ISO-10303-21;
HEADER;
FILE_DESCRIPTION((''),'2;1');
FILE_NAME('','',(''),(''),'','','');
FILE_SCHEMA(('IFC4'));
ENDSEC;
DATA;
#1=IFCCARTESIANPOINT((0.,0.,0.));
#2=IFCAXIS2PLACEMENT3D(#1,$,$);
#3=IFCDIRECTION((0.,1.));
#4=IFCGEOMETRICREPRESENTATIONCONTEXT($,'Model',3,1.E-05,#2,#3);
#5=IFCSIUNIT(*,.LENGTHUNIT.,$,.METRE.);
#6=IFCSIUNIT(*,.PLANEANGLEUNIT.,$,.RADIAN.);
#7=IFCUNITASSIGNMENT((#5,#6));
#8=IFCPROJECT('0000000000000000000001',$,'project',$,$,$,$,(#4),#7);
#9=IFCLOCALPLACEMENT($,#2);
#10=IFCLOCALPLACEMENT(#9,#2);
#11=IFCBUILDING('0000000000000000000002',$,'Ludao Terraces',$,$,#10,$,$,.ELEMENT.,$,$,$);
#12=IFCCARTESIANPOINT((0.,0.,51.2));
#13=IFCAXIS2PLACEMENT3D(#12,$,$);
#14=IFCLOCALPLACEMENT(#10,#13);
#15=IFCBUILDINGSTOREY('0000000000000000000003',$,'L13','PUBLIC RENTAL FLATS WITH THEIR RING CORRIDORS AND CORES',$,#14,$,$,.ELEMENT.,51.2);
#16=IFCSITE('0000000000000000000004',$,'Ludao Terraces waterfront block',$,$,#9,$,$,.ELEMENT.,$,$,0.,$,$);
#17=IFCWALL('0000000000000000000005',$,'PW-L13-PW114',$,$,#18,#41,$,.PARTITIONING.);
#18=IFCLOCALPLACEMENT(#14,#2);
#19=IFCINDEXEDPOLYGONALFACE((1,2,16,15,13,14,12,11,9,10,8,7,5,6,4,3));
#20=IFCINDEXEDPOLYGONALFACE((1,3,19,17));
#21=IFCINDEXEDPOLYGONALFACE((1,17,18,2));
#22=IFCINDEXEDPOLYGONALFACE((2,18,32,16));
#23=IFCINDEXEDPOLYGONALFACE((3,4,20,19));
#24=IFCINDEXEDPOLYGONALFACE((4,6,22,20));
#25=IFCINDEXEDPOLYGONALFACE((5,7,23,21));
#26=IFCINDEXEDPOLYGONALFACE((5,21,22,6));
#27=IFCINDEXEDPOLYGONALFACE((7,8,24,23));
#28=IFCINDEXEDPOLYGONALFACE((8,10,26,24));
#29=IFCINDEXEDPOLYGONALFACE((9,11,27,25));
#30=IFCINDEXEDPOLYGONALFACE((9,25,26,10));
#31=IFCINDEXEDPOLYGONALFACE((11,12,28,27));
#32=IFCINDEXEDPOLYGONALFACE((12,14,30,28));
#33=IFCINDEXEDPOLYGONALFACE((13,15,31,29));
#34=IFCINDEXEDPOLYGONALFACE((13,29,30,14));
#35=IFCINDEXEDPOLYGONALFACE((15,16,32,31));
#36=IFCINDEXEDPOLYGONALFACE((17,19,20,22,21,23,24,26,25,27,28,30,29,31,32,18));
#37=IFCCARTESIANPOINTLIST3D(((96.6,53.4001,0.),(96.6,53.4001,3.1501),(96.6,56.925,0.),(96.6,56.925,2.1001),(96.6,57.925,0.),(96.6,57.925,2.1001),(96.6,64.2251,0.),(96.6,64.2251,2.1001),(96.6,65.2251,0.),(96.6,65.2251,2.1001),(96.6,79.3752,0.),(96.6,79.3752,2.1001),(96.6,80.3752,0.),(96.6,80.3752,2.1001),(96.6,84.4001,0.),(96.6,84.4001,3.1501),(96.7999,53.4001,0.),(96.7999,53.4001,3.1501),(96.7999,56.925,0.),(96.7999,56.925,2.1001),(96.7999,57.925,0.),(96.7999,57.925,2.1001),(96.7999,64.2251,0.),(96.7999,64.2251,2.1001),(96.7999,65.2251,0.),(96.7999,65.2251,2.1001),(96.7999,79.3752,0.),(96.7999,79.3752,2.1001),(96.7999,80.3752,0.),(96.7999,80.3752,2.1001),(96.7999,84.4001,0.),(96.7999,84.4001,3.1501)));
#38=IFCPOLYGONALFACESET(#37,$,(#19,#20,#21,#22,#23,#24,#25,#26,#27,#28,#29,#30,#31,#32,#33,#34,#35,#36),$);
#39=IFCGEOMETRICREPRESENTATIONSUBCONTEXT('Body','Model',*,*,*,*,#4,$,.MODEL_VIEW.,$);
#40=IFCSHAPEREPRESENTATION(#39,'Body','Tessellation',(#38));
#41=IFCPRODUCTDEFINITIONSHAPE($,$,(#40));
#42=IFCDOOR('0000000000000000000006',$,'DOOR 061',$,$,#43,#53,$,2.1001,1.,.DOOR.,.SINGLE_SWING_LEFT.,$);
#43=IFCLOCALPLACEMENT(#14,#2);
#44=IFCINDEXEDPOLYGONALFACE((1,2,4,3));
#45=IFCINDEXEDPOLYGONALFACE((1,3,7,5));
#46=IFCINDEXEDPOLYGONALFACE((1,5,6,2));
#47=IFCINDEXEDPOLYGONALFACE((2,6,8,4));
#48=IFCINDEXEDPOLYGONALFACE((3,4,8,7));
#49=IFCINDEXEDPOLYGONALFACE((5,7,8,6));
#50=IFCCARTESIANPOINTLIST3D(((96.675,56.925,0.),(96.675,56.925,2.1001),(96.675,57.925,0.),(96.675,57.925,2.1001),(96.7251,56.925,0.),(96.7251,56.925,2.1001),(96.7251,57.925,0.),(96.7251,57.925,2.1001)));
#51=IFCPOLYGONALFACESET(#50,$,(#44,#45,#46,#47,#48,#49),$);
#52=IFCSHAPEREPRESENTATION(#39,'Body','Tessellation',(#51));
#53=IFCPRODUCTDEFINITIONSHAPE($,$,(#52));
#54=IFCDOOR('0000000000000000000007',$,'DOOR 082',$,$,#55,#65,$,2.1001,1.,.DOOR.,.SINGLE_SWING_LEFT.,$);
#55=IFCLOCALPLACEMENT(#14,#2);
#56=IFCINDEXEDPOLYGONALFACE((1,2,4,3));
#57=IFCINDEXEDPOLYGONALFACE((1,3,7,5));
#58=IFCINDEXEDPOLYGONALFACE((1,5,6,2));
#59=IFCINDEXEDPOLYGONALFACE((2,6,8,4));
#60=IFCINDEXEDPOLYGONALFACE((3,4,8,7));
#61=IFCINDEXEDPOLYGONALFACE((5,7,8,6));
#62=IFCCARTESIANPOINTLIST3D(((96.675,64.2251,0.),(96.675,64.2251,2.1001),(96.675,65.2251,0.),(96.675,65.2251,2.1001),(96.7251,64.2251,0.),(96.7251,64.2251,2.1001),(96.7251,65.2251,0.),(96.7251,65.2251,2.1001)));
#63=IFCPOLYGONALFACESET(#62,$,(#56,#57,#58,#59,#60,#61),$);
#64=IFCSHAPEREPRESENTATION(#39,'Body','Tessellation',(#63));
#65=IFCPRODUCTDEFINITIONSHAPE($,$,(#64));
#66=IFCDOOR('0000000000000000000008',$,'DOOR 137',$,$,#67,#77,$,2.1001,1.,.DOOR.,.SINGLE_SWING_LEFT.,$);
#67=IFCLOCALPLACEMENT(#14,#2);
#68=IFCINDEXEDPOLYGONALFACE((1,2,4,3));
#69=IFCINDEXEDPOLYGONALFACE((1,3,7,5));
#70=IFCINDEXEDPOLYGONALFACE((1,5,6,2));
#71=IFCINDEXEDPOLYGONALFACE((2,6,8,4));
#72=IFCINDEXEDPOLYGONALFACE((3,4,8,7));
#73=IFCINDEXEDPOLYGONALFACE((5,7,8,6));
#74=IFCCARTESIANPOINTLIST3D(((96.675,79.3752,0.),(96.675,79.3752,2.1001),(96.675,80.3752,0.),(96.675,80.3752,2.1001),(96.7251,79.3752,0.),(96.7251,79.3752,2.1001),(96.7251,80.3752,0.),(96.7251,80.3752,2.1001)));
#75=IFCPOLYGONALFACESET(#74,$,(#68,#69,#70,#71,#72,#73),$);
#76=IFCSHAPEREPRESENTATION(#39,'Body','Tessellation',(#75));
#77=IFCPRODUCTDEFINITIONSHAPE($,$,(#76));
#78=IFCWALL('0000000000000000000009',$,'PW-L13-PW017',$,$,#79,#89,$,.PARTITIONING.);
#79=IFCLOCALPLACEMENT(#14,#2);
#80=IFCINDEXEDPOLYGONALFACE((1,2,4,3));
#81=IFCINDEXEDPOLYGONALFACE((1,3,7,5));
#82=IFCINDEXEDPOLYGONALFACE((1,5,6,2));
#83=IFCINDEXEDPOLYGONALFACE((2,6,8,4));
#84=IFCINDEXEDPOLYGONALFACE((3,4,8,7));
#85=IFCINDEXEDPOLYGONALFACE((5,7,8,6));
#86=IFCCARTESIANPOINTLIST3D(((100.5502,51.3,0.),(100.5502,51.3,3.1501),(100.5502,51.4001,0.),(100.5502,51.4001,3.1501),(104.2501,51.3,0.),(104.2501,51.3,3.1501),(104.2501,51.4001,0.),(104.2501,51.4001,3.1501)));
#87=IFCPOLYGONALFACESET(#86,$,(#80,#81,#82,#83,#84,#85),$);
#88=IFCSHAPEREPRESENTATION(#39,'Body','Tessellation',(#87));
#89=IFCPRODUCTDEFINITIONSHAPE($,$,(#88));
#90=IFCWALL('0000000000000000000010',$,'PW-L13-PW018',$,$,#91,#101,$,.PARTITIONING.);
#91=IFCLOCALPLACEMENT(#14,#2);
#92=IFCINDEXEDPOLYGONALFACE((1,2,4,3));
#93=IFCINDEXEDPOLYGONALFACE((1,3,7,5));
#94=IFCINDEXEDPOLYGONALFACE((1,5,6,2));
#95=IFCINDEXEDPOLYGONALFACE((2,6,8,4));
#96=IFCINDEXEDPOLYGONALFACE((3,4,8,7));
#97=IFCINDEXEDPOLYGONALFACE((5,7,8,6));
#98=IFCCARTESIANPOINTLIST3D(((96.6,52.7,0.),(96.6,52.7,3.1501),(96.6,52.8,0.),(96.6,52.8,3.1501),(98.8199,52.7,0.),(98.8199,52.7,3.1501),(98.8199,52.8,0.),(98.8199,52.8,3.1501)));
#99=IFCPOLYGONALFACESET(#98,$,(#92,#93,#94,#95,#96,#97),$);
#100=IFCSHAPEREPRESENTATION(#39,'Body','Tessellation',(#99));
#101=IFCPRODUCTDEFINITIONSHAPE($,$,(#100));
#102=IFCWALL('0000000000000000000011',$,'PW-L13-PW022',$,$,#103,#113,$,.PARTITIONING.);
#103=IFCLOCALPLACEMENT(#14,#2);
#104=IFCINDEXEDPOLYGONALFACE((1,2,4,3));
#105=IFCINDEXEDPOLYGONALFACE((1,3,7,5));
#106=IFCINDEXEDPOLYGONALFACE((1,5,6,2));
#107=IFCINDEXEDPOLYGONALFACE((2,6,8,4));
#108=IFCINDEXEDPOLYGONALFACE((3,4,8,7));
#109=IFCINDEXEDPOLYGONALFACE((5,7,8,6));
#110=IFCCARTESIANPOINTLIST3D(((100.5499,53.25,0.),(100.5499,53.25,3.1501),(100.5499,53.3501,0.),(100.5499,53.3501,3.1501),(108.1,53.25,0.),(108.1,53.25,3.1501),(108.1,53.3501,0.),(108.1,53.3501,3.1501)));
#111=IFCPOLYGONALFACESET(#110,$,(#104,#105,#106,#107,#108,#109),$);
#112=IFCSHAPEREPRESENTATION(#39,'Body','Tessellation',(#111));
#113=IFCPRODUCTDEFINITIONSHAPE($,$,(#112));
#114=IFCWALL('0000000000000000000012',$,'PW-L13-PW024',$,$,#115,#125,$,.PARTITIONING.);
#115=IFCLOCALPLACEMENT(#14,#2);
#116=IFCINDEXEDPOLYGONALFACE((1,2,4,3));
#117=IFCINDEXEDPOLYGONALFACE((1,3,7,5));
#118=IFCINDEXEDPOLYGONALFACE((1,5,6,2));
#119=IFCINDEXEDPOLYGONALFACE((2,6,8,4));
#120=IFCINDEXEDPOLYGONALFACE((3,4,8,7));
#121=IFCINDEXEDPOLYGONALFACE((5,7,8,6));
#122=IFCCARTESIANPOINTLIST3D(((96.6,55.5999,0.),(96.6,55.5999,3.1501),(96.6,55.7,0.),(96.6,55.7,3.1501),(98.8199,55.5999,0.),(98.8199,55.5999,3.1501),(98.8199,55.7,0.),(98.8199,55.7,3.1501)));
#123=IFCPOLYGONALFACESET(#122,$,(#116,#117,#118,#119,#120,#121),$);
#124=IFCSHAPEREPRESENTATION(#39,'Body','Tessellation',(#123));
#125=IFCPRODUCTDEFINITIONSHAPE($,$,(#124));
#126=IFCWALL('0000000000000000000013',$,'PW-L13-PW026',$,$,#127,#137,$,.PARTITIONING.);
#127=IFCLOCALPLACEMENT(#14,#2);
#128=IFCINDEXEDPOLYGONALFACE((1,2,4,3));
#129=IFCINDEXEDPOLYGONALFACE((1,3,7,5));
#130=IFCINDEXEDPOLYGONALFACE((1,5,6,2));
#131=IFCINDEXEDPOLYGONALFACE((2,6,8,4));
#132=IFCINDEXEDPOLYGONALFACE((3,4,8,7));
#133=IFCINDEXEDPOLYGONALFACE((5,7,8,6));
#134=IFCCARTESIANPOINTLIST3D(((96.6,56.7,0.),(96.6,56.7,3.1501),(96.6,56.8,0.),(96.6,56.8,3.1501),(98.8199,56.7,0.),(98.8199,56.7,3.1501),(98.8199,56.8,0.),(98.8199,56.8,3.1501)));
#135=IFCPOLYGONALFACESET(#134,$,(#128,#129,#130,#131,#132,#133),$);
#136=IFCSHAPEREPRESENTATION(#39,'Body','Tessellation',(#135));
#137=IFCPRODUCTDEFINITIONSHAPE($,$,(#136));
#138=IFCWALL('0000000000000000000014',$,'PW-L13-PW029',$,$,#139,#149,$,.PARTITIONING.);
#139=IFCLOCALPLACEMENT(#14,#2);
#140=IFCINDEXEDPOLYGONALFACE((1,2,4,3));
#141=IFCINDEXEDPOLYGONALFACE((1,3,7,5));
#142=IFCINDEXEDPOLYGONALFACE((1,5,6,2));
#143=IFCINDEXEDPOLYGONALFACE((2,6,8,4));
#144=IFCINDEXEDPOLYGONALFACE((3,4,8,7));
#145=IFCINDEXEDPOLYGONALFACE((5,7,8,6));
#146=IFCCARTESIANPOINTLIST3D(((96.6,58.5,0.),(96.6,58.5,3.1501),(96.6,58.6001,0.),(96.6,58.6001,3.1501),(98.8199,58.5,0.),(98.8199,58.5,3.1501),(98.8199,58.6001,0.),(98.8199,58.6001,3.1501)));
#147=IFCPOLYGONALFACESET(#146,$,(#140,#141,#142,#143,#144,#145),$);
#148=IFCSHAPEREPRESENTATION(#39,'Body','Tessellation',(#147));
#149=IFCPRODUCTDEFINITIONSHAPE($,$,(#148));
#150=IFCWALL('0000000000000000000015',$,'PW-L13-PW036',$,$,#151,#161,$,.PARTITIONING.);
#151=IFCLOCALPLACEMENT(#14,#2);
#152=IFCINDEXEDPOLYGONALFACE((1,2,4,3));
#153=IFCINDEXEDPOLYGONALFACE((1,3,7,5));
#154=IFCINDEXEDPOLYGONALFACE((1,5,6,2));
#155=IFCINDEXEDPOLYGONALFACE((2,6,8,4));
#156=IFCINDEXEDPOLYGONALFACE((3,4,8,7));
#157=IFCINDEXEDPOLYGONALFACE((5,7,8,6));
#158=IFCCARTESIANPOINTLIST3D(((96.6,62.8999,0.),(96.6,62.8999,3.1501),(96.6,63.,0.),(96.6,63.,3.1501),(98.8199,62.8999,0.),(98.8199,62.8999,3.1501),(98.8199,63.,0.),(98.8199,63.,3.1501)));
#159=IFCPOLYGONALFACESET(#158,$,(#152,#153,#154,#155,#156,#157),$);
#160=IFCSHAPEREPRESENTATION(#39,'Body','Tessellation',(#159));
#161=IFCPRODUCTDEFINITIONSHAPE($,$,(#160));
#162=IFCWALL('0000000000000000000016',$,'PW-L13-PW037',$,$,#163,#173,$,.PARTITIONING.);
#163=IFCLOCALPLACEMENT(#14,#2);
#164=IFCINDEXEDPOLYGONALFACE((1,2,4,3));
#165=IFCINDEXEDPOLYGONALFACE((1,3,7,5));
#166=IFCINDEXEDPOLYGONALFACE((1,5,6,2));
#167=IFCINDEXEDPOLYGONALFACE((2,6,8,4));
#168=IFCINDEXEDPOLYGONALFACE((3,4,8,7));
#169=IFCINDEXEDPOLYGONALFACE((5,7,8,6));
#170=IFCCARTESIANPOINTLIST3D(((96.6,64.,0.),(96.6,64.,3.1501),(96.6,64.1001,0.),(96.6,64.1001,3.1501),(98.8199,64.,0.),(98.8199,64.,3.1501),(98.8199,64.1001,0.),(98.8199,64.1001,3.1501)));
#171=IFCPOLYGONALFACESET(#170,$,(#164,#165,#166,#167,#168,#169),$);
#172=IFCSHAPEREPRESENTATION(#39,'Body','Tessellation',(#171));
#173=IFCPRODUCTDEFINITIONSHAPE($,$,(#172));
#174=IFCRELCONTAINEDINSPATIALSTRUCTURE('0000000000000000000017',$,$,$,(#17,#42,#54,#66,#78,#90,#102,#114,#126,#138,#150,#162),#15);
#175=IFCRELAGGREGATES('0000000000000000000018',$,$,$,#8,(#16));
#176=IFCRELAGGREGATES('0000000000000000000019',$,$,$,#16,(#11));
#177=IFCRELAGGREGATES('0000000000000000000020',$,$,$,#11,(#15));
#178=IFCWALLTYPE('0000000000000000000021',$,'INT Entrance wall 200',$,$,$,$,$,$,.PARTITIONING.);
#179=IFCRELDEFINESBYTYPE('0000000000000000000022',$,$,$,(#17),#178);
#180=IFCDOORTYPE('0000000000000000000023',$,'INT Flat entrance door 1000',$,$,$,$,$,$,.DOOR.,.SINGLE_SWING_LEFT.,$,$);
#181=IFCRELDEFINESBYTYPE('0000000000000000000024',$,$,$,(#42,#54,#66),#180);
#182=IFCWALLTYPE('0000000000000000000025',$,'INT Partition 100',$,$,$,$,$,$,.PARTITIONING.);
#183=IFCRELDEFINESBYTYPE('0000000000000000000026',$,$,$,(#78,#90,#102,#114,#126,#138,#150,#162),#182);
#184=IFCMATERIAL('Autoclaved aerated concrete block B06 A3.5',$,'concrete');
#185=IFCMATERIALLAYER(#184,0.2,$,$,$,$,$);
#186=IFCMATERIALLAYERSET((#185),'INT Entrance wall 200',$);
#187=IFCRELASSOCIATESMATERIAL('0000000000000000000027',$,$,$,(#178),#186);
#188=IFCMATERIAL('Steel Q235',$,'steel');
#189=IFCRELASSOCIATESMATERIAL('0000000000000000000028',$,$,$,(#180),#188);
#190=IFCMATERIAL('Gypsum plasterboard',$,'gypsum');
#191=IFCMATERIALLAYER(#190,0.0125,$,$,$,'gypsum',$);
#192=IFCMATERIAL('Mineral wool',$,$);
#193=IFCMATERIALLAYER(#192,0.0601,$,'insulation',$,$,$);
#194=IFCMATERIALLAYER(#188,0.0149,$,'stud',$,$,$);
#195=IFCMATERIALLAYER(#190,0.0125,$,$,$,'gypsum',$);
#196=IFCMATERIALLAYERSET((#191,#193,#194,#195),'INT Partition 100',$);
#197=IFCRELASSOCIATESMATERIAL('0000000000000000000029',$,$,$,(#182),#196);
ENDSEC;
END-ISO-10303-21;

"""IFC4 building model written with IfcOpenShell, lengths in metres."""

from ifc_helpers import new_model, si_unit, direction, frame, frame_2d, origin, place, context, subcontext, project, spatial, rectangle, extrude, material, layer, layer_set, type_object, element, fill, save


model = new_model("IFC4")

# Units and contexts
model_context = context("Model", 3, precision=1e-05, world=origin(), true_north=direction((0.0, 1.0)))
body_context = subcontext(model_context, "Body", "Model", "MODEL_VIEW")
ifc_project = project(units=[si_unit("LENGTHUNIT", "METRE"), si_unit("PLANEANGLEUNIT", "RADIAN")], contexts=[model_context])

# Site, building, storey
site_placement = place(None, origin())
site = spatial("IfcSite", under=ifc_project, at=site_placement, Name="Ludao Terraces waterfront block", CompositionType="ELEMENT", RefElevation=0.0)
building_placement = place(site_placement, origin())
building = spatial("IfcBuilding", under=site, at=building_placement, Name="Ludao Terraces", CompositionType="ELEMENT")
storey_placement = place(building_placement, frame((0.0, 0.0, 51.2)))
storey = spatial("IfcBuildingStorey", under=building, at=storey_placement, Name="L13", Description="PUBLIC RENTAL FLATS WITH THEIR RING CORRIDORS AND CORES", CompositionType="ELEMENT", Elevation=51.2)

# Wall, openings, doors
ifc_material_1 = material(Name="Autoclaved aerated concrete block B06 A3.5", Category="concrete")
ifc_layer_1 = layer(ifc_material_1, 0.2)
ifc_layer_set_1 = layer_set([ifc_layer_1], Name="INT Entrance wall 200")
wall_type_1 = type_object("IfcWallType", Name="INT Entrance wall 200", PredefinedType="PARTITIONING", material=ifc_layer_set_1)
wall_1_placement = place(storey_placement, frame((96.7, 53.4001, 0.0), z_axis=(0.0, 0.0, 1.0), x_axis=(0.0, 1.0, 0.0)))
wall_1 = element("IfcWall", 1, at=wall_1_placement, inside=storey, type_object=wall_type_1, Name="PW-L13-PW114", PredefinedType="PARTITIONING", context=body_context, shape_type="SweptSolid", body=[
    extrude(rectangle(XDim=31.0, YDim=0.2, at=frame_2d((15.5, 0.0))), origin(), (0.0, 0.0, 1.0), 3.1501),
])
opening_1_placement = place(wall_1_placement, frame((3.5249, 0.0, 0.0)))
opening_1 = element("IfcOpeningElement", 2, at=opening_1_placement, cuts=wall_1, PredefinedType="OPENING", context=body_context, shape_type="SweptSolid", body=[
    extrude(rectangle(XDim=1.0, YDim=2.1001, at=frame_2d((0.5, 1.05))), frame((0.0, 0.1099, 0.0), z_axis=(0.0, -1.0, 0.0), x_axis=(1.0, 0.0, 0.0)), (0.0, 0.0, 1.0), 0.22),
])
opening_2_placement = place(wall_1_placement, frame((10.825, 0.0, 0.0)))
opening_2 = element("IfcOpeningElement", 3, at=opening_2_placement, cuts=wall_1, PredefinedType="OPENING", context=body_context, shape_type="SweptSolid", body=[
    extrude(rectangle(XDim=1.0, YDim=2.1001, at=frame_2d((0.5, 1.05))), frame((0.0, 0.1099, 0.0), z_axis=(0.0, -1.0, 0.0), x_axis=(1.0, 0.0, 0.0)), (0.0, 0.0, 1.0), 0.22),
])
opening_3_placement = place(wall_1_placement, frame((25.9751, 0.0, 0.0)))
opening_3 = element("IfcOpeningElement", 4, at=opening_3_placement, cuts=wall_1, PredefinedType="OPENING", context=body_context, shape_type="SweptSolid", body=[
    extrude(rectangle(XDim=1.0, YDim=2.1001, at=frame_2d((0.5, 1.05))), frame((0.0, 0.1099, 0.0), z_axis=(0.0, -1.0, 0.0), x_axis=(1.0, 0.0, 0.0)), (0.0, 0.0, 1.0), 0.22),
])
ifc_material_2 = material(Name="Steel Q235", Category="steel")
door_type_1 = type_object("IfcDoorType", Name="INT Flat entrance door 1000", OperationType="SINGLE_SWING_LEFT", PredefinedType="DOOR", material=ifc_material_2)
door_1_placement = place(opening_1_placement, origin())
door_1 = element("IfcDoor", 5, at=door_1_placement, inside=storey, type_object=door_type_1, Name="DOOR 061", OperationType="SINGLE_SWING_LEFT", OverallHeight=2.1001, OverallWidth=1.0, PredefinedType="DOOR", context=body_context, shape_type="SweptSolid", body=[
    extrude(rectangle(XDim=1.0, YDim=2.1001, at=frame_2d((0.5, 1.05))), frame((0.0, 0.0249, 0.0), z_axis=(0.0, -1.0, 0.0), x_axis=(1.0, 0.0, 0.0)), (0.0, 0.0, 1.0), 0.05),
])
fill(opening_1, door_1)
door_2_placement = place(opening_2_placement, origin())
door_2 = element("IfcDoor", 6, at=door_2_placement, inside=storey, type_object=door_type_1, Name="DOOR 082", OperationType="SINGLE_SWING_LEFT", OverallHeight=2.1001, OverallWidth=1.0, PredefinedType="DOOR", context=body_context, shape_type="SweptSolid", body=[
    extrude(rectangle(XDim=1.0, YDim=2.1001, at=frame_2d((0.5, 1.05))), frame((0.0, 0.0249, 0.0), z_axis=(0.0, -1.0, 0.0), x_axis=(1.0, 0.0, 0.0)), (0.0, 0.0, 1.0), 0.05),
])
fill(opening_2, door_2)
door_3_placement = place(opening_3_placement, origin())
door_3 = element("IfcDoor", 7, at=door_3_placement, inside=storey, type_object=door_type_1, Name="DOOR 137", OperationType="SINGLE_SWING_LEFT", OverallHeight=2.1001, OverallWidth=1.0, PredefinedType="DOOR", context=body_context, shape_type="SweptSolid", body=[
    extrude(rectangle(XDim=1.0, YDim=2.1001, at=frame_2d((0.5, 1.05))), frame((0.0, 0.0249, 0.0), z_axis=(0.0, -1.0, 0.0), x_axis=(1.0, 0.0, 0.0)), (0.0, 0.0, 1.0), 0.05),
])
fill(opening_3, door_3)

# Walls
ifc_material_3 = material(Name="Gypsum plasterboard", Category="gypsum")
ifc_layer_2 = layer(ifc_material_3, 0.0125, Category="gypsum")
ifc_material_4 = material(Name="Mineral wool")
ifc_layer_3 = layer(ifc_material_4, 0.0601, Name="insulation")
ifc_layer_4 = layer(ifc_material_2, 0.0149, Name="stud")
ifc_layer_5 = layer(ifc_material_3, 0.0125, Category="gypsum")
ifc_layer_set_2 = layer_set([ifc_layer_2, ifc_layer_3, ifc_layer_4, ifc_layer_5], Name="INT Partition 100")
wall_type_2 = type_object("IfcWallType", Name="INT Partition 100", PredefinedType="PARTITIONING", material=ifc_layer_set_2)
wall_2_placement = place(storey_placement, frame((100.55, 51.3501, 0.0), z_axis=(0.0, 0.0, 1.0), x_axis=(1.0, 0.0, 0.0)))
element("IfcWall", 8, at=wall_2_placement, inside=storey, type_object=wall_type_2, Name="PW-L13-PW017", PredefinedType="PARTITIONING", context=body_context, shape_type="SweptSolid", body=[
    extrude(rectangle(XDim=3.7, YDim=0.1001, at=frame_2d((1.8501, 0.0))), origin(), (0.0, 0.0, 1.0), 3.1501),
])
wall_3_placement = place(storey_placement, frame((96.6001, 52.75, 0.0), z_axis=(0.0, 0.0, 1.0), x_axis=(1.0, 0.0, 0.0)))
element("IfcWall", 9, at=wall_3_placement, inside=storey, type_object=wall_type_2, Name="PW-L13-PW018", PredefinedType="PARTITIONING", context=body_context, shape_type="SweptSolid", body=[
    extrude(rectangle(XDim=2.22, YDim=0.1001, at=frame_2d((1.1099, 0.0))), origin(), (0.0, 0.0, 1.0), 3.1501),
])
wall_4_placement = place(storey_placement, frame((100.55, 53.3, 0.0), z_axis=(0.0, 0.0, 1.0), x_axis=(1.0, 0.0, 0.0)))
element("IfcWall", 10, at=wall_4_placement, inside=storey, type_object=wall_type_2, Name="PW-L13-PW022", PredefinedType="PARTITIONING", context=body_context, shape_type="SweptSolid", body=[
    extrude(rectangle(XDim=7.55, YDim=0.1001, at=frame_2d((3.7749, 0.0))), origin(), (0.0, 0.0, 1.0), 3.1501),
])
for number, where, z_axis, x_axis, name in (
    (11, (96.6001, 55.6499, 0.0), (0.0, 0.0, 1.0), (1.0, 0.0, 0.0), "PW-L13-PW024"),
    (12, (96.6001, 56.75, 0.0), (0.0, 0.0, 1.0), (1.0, 0.0, 0.0), "PW-L13-PW026"),
    (13, (96.6001, 58.55, 0.0), (0.0, 0.0, 1.0), (1.0, 0.0, 0.0), "PW-L13-PW029"),
    (14, (96.6001, 62.95, 0.0), (0.0, 0.0, 1.0), (1.0, 0.0, 0.0), "PW-L13-PW036"),
    (15, (96.6001, 64.05, 0.0), (0.0, 0.0, 1.0), (1.0, 0.0, 0.0), "PW-L13-PW037"),
):
    element("IfcWall", number, at=place(storey_placement, frame(where, z_axis=z_axis, x_axis=x_axis)), inside=storey, type_object=wall_type_2, Name=name, PredefinedType="PARTITIONING", context=body_context, shape_type="SweptSolid", body=[
        extrude(rectangle(XDim=2.22, YDim=0.1001, at=frame_2d((1.1099, 0.0))), origin(), (0.0, 0.0, 1.0), 3.1501),
    ])

save(model, "model.ifc")
